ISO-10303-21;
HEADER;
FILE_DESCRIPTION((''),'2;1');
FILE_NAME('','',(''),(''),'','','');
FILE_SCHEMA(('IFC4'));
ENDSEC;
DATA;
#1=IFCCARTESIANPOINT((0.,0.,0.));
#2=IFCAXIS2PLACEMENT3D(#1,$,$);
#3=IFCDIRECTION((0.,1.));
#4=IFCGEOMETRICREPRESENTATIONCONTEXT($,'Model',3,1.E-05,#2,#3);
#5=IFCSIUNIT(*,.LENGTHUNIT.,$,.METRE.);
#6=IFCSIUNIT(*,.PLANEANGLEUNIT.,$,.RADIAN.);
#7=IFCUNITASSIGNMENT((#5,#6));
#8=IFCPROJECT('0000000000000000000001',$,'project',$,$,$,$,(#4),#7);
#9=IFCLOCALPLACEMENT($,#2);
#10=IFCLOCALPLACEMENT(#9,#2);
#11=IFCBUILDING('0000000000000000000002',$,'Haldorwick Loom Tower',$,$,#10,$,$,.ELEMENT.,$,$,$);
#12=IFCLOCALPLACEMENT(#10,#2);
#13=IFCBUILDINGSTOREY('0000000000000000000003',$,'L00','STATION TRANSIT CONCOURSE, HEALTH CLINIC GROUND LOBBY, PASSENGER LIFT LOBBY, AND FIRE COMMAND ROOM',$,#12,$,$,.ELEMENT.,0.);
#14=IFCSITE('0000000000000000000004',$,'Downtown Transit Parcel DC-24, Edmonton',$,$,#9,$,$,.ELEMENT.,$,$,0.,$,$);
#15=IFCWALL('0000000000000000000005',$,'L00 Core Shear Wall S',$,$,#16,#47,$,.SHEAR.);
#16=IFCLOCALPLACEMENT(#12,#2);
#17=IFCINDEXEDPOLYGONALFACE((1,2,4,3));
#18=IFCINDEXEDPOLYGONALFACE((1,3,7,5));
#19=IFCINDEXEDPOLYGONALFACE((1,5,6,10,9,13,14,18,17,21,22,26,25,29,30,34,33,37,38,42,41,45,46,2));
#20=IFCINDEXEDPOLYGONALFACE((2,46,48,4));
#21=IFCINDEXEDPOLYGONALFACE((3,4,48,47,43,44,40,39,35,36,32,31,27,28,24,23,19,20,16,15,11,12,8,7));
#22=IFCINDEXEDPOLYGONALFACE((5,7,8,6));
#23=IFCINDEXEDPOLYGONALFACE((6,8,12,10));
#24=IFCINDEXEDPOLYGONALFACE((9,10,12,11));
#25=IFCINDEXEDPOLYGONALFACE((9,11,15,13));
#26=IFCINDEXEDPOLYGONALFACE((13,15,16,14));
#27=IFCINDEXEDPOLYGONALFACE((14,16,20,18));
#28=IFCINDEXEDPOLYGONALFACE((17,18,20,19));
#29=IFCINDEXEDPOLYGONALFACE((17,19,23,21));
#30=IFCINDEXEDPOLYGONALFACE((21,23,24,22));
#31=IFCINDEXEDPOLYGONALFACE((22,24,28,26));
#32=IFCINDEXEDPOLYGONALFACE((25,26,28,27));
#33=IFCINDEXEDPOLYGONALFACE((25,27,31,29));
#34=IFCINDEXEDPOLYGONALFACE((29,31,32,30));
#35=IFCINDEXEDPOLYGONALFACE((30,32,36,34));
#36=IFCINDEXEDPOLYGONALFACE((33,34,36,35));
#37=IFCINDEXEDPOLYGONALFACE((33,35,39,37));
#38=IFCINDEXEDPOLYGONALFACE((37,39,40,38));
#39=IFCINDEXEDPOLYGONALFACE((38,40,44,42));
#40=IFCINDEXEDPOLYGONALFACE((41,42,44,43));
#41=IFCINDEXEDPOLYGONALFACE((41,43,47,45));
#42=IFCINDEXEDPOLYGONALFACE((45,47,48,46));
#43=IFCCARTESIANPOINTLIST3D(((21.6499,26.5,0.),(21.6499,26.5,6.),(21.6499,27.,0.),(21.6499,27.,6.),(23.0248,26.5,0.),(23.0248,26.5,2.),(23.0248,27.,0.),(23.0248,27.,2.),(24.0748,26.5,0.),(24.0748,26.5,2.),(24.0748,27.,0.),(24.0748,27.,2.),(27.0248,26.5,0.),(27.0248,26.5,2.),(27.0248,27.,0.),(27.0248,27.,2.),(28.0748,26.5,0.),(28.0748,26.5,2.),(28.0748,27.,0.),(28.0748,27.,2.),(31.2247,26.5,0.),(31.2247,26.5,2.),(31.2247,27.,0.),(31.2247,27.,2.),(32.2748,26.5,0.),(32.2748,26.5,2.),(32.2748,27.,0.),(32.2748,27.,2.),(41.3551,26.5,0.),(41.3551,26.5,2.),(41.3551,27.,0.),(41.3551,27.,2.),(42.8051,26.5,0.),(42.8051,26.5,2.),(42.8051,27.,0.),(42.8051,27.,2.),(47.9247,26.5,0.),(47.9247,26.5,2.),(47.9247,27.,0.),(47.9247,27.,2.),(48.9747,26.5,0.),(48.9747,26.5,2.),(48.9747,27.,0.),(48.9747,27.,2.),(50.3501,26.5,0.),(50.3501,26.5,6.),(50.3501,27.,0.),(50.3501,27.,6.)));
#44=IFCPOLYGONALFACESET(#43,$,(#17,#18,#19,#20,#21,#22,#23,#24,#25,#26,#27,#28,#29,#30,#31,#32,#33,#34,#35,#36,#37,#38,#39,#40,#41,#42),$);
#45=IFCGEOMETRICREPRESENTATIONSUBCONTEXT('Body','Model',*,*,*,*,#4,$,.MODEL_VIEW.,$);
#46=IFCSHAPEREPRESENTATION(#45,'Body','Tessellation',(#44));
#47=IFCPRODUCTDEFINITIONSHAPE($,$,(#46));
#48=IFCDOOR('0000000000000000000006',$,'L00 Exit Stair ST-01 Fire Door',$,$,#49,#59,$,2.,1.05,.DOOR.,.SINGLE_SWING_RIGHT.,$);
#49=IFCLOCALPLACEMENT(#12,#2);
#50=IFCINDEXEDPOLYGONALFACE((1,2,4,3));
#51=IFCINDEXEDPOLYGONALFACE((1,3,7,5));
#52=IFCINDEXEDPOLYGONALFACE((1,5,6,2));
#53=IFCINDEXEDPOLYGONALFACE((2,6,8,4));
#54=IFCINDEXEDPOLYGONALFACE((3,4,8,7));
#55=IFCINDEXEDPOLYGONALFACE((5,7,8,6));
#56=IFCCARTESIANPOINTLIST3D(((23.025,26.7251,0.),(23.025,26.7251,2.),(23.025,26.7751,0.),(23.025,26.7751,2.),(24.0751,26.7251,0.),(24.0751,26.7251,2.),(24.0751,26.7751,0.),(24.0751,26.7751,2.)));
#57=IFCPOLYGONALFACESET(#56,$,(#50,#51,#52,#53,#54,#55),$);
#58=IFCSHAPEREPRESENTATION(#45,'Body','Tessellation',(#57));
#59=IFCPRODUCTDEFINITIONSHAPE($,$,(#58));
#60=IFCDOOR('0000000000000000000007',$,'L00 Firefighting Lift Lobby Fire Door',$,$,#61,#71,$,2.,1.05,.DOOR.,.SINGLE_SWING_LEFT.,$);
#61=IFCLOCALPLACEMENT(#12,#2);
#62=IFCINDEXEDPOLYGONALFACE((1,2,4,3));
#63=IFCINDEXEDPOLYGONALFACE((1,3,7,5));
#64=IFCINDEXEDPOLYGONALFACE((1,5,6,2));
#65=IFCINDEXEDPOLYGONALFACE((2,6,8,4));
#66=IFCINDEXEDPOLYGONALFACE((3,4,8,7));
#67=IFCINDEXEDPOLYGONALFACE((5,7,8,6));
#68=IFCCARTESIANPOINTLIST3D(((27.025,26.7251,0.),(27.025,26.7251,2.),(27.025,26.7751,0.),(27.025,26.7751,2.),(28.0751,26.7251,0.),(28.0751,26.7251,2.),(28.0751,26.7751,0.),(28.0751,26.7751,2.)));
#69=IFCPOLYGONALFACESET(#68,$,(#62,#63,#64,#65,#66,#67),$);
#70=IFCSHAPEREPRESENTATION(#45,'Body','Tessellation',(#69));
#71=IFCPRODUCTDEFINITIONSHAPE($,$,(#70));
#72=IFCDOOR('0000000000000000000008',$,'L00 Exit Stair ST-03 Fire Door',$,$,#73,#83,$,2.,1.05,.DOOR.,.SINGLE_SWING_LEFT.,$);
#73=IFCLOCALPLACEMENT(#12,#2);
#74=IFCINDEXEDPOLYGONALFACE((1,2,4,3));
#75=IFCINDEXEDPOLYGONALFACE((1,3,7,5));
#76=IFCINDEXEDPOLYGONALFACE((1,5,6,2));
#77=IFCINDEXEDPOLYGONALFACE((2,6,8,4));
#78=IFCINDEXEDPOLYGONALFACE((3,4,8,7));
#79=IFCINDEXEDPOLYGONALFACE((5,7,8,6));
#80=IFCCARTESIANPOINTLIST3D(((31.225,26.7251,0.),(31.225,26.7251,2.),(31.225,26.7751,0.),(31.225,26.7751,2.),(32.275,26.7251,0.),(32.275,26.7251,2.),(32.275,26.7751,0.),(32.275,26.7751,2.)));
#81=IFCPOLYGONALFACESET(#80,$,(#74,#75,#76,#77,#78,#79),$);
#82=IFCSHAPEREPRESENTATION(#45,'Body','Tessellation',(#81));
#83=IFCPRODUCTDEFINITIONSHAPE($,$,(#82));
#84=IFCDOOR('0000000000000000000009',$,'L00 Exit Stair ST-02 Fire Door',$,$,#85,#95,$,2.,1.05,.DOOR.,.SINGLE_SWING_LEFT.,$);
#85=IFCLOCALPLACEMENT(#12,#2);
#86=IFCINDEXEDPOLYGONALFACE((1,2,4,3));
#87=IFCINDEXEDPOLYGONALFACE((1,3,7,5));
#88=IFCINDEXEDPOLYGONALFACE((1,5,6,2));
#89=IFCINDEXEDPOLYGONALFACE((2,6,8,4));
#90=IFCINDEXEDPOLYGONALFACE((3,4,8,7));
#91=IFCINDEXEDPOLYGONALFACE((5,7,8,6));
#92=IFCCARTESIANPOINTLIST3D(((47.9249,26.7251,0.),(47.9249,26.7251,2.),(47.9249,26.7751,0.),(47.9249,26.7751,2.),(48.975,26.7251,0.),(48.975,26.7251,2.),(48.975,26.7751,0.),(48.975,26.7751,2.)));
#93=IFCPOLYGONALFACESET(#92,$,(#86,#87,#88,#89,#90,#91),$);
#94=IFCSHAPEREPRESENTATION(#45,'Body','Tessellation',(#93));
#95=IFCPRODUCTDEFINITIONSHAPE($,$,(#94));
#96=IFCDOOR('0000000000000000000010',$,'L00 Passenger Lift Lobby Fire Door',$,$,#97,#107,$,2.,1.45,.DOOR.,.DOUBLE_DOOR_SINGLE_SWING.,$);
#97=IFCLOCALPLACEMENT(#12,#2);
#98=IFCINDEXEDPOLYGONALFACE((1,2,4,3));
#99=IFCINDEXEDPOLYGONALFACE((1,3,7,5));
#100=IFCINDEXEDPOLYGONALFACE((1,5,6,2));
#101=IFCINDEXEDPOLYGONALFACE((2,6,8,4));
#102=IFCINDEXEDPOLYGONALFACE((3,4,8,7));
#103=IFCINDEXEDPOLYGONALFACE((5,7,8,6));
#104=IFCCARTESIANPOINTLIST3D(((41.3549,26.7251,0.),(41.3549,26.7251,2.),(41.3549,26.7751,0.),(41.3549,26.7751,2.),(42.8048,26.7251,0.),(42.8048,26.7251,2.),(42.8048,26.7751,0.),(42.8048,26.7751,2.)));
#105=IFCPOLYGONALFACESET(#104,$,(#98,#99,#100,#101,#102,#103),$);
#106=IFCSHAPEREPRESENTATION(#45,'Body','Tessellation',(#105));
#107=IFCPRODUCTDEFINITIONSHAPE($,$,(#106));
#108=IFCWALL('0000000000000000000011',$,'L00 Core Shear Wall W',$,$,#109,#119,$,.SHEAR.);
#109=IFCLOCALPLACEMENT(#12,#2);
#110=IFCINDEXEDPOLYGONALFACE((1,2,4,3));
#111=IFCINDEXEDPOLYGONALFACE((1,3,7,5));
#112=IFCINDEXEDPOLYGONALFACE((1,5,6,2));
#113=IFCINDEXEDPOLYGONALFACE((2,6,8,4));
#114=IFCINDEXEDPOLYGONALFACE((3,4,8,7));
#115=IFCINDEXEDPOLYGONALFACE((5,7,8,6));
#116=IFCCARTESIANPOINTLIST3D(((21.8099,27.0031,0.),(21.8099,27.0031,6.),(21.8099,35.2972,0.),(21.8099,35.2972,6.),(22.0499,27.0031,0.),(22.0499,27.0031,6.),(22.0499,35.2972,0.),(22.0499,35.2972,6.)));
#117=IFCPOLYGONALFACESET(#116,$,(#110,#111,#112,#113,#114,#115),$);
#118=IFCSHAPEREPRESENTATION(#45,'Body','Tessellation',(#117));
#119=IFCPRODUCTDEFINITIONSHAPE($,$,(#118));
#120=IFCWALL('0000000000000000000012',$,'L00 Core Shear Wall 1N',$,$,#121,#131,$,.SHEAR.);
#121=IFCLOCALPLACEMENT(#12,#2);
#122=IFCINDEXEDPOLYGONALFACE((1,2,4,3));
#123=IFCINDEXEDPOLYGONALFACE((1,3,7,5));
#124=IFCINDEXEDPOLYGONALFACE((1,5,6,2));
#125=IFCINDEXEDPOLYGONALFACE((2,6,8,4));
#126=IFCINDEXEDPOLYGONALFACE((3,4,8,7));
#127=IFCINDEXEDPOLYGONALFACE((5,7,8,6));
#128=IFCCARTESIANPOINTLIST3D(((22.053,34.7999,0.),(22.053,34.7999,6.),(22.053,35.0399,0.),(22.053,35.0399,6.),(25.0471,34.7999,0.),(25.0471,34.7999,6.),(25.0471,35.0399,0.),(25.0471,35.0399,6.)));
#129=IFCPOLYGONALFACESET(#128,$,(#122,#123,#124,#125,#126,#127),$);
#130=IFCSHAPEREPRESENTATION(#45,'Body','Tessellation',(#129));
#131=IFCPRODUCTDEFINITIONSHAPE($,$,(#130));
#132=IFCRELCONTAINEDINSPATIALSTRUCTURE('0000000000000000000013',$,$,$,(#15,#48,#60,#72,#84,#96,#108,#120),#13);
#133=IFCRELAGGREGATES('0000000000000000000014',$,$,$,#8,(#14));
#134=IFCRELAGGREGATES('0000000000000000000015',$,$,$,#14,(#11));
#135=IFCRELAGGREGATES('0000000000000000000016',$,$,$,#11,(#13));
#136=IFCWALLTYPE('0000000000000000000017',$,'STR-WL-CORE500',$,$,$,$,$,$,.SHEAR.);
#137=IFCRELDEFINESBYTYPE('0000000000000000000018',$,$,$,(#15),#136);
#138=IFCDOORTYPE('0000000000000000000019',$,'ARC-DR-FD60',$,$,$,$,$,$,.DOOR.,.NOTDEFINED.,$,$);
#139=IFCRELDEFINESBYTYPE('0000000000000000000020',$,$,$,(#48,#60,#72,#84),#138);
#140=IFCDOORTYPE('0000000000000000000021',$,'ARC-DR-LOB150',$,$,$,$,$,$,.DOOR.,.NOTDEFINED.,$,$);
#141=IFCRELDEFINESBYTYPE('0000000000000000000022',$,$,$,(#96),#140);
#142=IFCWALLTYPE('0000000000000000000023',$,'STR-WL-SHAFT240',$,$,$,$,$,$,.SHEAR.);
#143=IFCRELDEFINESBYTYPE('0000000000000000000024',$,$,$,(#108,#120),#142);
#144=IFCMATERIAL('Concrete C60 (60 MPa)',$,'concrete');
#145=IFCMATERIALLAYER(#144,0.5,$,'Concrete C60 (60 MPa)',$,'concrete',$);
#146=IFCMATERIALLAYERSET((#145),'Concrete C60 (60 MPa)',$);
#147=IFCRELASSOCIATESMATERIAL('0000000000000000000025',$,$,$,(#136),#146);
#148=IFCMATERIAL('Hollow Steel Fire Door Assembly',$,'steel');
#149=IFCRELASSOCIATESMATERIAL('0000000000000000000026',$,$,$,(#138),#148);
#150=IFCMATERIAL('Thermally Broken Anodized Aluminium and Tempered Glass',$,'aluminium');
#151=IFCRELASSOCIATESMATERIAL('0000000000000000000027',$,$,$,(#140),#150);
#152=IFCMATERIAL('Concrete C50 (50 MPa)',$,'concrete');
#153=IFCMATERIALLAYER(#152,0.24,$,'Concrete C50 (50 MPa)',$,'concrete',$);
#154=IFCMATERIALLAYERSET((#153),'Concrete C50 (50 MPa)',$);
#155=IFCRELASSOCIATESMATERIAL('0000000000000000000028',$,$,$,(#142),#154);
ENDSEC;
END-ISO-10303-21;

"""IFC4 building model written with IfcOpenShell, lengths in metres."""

from ifc_helpers import new_model, si_unit, direction, frame, frame_2d, origin, place, context, subcontext, project, spatial, rectangle, extrude, material, layer, layer_set, type_object, element, fill, save


model = new_model("IFC4")

# Units and contexts
model_context = context("Model", 3, precision=1e-05, world=origin(), true_north=direction((0.0, 1.0)))
body_context = subcontext(model_context, "Body", "Model", "MODEL_VIEW")
ifc_project = project(units=[si_unit("LENGTHUNIT", "METRE"), si_unit("PLANEANGLEUNIT", "RADIAN")], contexts=[model_context])

# Site, building, storey
site_placement = place(None, origin())
site = spatial("IfcSite", under=ifc_project, at=site_placement, Name="Downtown Transit Parcel DC-24, Edmonton", CompositionType="ELEMENT", RefElevation=0.0)
building_placement = place(site_placement, origin())
building = spatial("IfcBuilding", under=site, at=building_placement, Name="Haldorwick Loom Tower", CompositionType="ELEMENT")
storey_placement = place(building_placement, origin())
storey = spatial("IfcBuildingStorey", under=building, at=storey_placement, Name="L00", Description="STATION TRANSIT CONCOURSE, HEALTH CLINIC GROUND LOBBY, PASSENGER LIFT LOBBY, AND FIRE COMMAND ROOM", CompositionType="ELEMENT", Elevation=0.0)

# Shared definitions
ifc_material_1 = material(Name="Concrete C60 (60 MPa)", Category="concrete")

# Wall, openings, doors
ifc_layer_1 = layer(ifc_material_1, 0.5, Name="Concrete C60 (60 MPa)", Category="concrete")
ifc_layer_set_1 = layer_set([ifc_layer_1], Name="Concrete C60 (60 MPa)")
wall_type_1 = type_object("IfcWallType", Name="STR-WL-CORE500", PredefinedType="SHEAR", material=ifc_layer_set_1)
wall_1_placement = place(storey_placement, frame((21.6499, 26.75, 0.0), z_axis=(0.0, 0.0, 1.0), x_axis=(1.0, 0.0, 0.0)))
wall_1 = element("IfcWall", 1, at=wall_1_placement, inside=storey, type_object=wall_type_1, Name="L00 Core Shear Wall S", PredefinedType="SHEAR", context=body_context, shape_type="SweptSolid", body=[
    extrude(rectangle(XDim=28.7002, YDim=0.5, at=frame_2d((14.3501, 0.0))), origin(), (0.0, 0.0, 1.0), 6.0),
])
opening_1_placement = place(wall_1_placement, frame((1.375, 0.0, 0.0)))
opening_1 = element("IfcOpeningElement", 2, at=opening_1_placement, cuts=wall_1, PredefinedType="OPENING", context=body_context, shape_type="SweptSolid", body=[
    extrude(rectangle(XDim=1.05, YDim=2.0, at=frame_2d((0.5249, 1.0))), frame((0.0, 0.26, 0.0), z_axis=(0.0, -1.0, 0.0), x_axis=(1.0, 0.0, 0.0)), (0.0, 0.0, 1.0), 0.52),
])
opening_2_placement = place(wall_1_placement, frame((5.375, 0.0, 0.0)))
opening_2 = element("IfcOpeningElement", 3, at=opening_2_placement, cuts=wall_1, PredefinedType="OPENING", context=body_context, shape_type="SweptSolid", body=[
    extrude(rectangle(XDim=1.05, YDim=2.0, at=frame_2d((0.5249, 1.0))), frame((0.0, 0.26, 0.0), z_axis=(0.0, -1.0, 0.0), x_axis=(1.0, 0.0, 0.0)), (0.0, 0.0, 1.0), 0.52),
])
opening_3_placement = place(wall_1_placement, frame((9.575, 0.0, 0.0)))
opening_3 = element("IfcOpeningElement", 4, at=opening_3_placement, cuts=wall_1, PredefinedType="OPENING", context=body_context, shape_type="SweptSolid", body=[
    extrude(rectangle(XDim=1.05, YDim=2.0, at=frame_2d((0.5249, 1.0))), frame((0.0, 0.26, 0.0), z_axis=(0.0, -1.0, 0.0), x_axis=(1.0, 0.0, 0.0)), (0.0, 0.0, 1.0), 0.52),
])
opening_4_placement = place(wall_1_placement, frame((19.7051, 0.0, 0.0)))
opening_4 = element("IfcOpeningElement", 5, at=opening_4_placement, cuts=wall_1, PredefinedType="OPENING", context=body_context, shape_type="SweptSolid", body=[
    extrude(rectangle(XDim=1.45, YDim=2.0, at=frame_2d((0.7251, 1.0))), frame((0.0, 0.26, 0.0), z_axis=(0.0, -1.0, 0.0), x_axis=(1.0, 0.0, 0.0)), (0.0, 0.0, 1.0), 0.52),
])
opening_5_placement = place(wall_1_placement, frame((26.2749, 0.0, 0.0)))
opening_5 = element("IfcOpeningElement", 6, at=opening_5_placement, cuts=wall_1, PredefinedType="OPENING", context=body_context, shape_type="SweptSolid", body=[
    extrude(rectangle(XDim=1.05, YDim=2.0, at=frame_2d((0.5249, 1.0))), frame((0.0, 0.26, 0.0), z_axis=(0.0, -1.0, 0.0), x_axis=(1.0, 0.0, 0.0)), (0.0, 0.0, 1.0), 0.52),
])
ifc_material_2 = material(Name="Hollow Steel Fire Door Assembly", Category="steel")
door_type_1 = type_object("IfcDoorType", Name="ARC-DR-FD60", OperationType="NOTDEFINED", PredefinedType="DOOR", material=ifc_material_2)
door_1_placement = place(opening_1_placement, frame((1.05, 0.0, 0.0), z_axis=(0.0, 0.0, 1.0), x_axis=(-1.0, 0.0, 0.0)))
door_1 = element("IfcDoor", 7, at=door_1_placement, inside=storey, type_object=door_type_1, Name="L00 Exit Stair ST-01 Fire Door", OperationType="SINGLE_SWING_RIGHT", OverallHeight=2.0, OverallWidth=1.05, PredefinedType="DOOR", context=body_context, shape_type="SweptSolid", body=[
    extrude(rectangle(XDim=1.05, YDim=2.0, at=frame_2d((0.5249, 1.0))), frame((0.0, 0.0249, 0.0), z_axis=(0.0, -1.0, 0.0), x_axis=(1.0, 0.0, 0.0)), (0.0, 0.0, 1.0), 0.05),
])
fill(opening_1, door_1)
door_2_placement = place(opening_2_placement, frame((1.05, 0.0, 0.0), z_axis=(0.0, 0.0, 1.0), x_axis=(-1.0, 0.0, 0.0)))
door_2 = element("IfcDoor", 8, at=door_2_placement, inside=storey, type_object=door_type_1, Name="L00 Firefighting Lift Lobby Fire Door", OperationType="SINGLE_SWING_LEFT", OverallHeight=2.0, OverallWidth=1.05, PredefinedType="DOOR", context=body_context, shape_type="SweptSolid", body=[
    extrude(rectangle(XDim=1.05, YDim=2.0, at=frame_2d((0.5249, 1.0))), frame((0.0, 0.0249, 0.0), z_axis=(0.0, -1.0, 0.0), x_axis=(1.0, 0.0, 0.0)), (0.0, 0.0, 1.0), 0.05),
])
fill(opening_2, door_2)
door_3_placement = place(opening_3_placement, frame((1.05, 0.0, 0.0), z_axis=(0.0, 0.0, 1.0), x_axis=(-1.0, 0.0, 0.0)))
door_3 = element("IfcDoor", 9, at=door_3_placement, inside=storey, type_object=door_type_1, Name="L00 Exit Stair ST-03 Fire Door", OperationType="SINGLE_SWING_LEFT", OverallHeight=2.0, OverallWidth=1.05, PredefinedType="DOOR", context=body_context, shape_type="SweptSolid", body=[
    extrude(rectangle(XDim=1.05, YDim=2.0, at=frame_2d((0.5249, 1.0))), frame((0.0, 0.0249, 0.0), z_axis=(0.0, -1.0, 0.0), x_axis=(1.0, 0.0, 0.0)), (0.0, 0.0, 1.0), 0.05),
])
fill(opening_3, door_3)
door_4_placement = place(opening_5_placement, frame((1.05, 0.0, 0.0), z_axis=(0.0, 0.0, 1.0), x_axis=(-1.0, 0.0, 0.0)))
door_4 = element("IfcDoor", 10, at=door_4_placement, inside=storey, type_object=door_type_1, Name="L00 Exit Stair ST-02 Fire Door", OperationType="SINGLE_SWING_LEFT", OverallHeight=2.0, OverallWidth=1.05, PredefinedType="DOOR", context=body_context, shape_type="SweptSolid", body=[
    extrude(rectangle(XDim=1.05, YDim=2.0, at=frame_2d((0.5249, 1.0))), frame((0.0, 0.0249, 0.0), z_axis=(0.0, -1.0, 0.0), x_axis=(1.0, 0.0, 0.0)), (0.0, 0.0, 1.0), 0.05),
])
fill(opening_5, door_4)
ifc_material_3 = material(Name="Thermally Broken Anodized Aluminium and Tempered Glass", Category="aluminium")
door_type_2 = type_object("IfcDoorType", Name="ARC-DR-LOB150", OperationType="NOTDEFINED", PredefinedType="DOOR", material=ifc_material_3)
door_5_placement = place(opening_4_placement, frame((1.45, 0.0, 0.0), z_axis=(0.0, 0.0, 1.0), x_axis=(-1.0, 0.0, 0.0)))
door_5 = element("IfcDoor", 11, at=door_5_placement, inside=storey, type_object=door_type_2, Name="L00 Passenger Lift Lobby Fire Door", OperationType="DOUBLE_DOOR_SINGLE_SWING", OverallHeight=2.0, OverallWidth=1.45, PredefinedType="DOOR", context=body_context, shape_type="SweptSolid", body=[
    extrude(rectangle(XDim=1.45, YDim=2.0, at=frame_2d((0.7251, 1.0))), frame((0.0, 0.0249, 0.0), z_axis=(0.0, -1.0, 0.0), x_axis=(1.0, 0.0, 0.0)), (0.0, 0.0, 1.0), 0.05),
])
fill(opening_4, door_5)

# Walls
ifc_material_4 = material(Name="Concrete C50 (50 MPa)", Category="concrete")
ifc_layer_2 = layer(ifc_material_4, 0.24, Name="Concrete C50 (50 MPa)", Category="concrete")
ifc_layer_set_2 = layer_set([ifc_layer_2], Name="Concrete C50 (50 MPa)")
wall_type_2 = type_object("IfcWallType", Name="STR-WL-SHAFT240", PredefinedType="SHEAR", material=ifc_layer_set_2)
wall_2_placement = place(storey_placement, frame((21.9299, 35.2971, 0.0), z_axis=(0.0, 0.0, 1.0), x_axis=(0.0, -1.0, 0.0)))
element("IfcWall", 12, at=wall_2_placement, inside=storey, type_object=wall_type_2, Name="L00 Core Shear Wall W", PredefinedType="SHEAR", context=body_context, shape_type="SweptSolid", body=[
    extrude(rectangle(XDim=8.2942, YDim=0.24, at=frame_2d((4.147, 0.0))), origin(), (0.0, 0.0, 1.0), 6.0),
])
wall_3_placement = place(storey_placement, frame((22.053, 34.9199, 0.0), z_axis=(0.0, 0.0, 1.0), x_axis=(1.0, 0.0, 0.0)))
element("IfcWall", 13, at=wall_3_placement, inside=storey, type_object=wall_type_2, Name="L00 Core Shear Wall 1N", PredefinedType="SHEAR", context=body_context, shape_type="SweptSolid", body=[
    extrude(rectangle(XDim=2.9941, YDim=0.24, at=frame_2d((1.4971, 0.0))), origin(), (0.0, 0.0, 1.0), 6.0),
])

save(model, "model.ifc")
